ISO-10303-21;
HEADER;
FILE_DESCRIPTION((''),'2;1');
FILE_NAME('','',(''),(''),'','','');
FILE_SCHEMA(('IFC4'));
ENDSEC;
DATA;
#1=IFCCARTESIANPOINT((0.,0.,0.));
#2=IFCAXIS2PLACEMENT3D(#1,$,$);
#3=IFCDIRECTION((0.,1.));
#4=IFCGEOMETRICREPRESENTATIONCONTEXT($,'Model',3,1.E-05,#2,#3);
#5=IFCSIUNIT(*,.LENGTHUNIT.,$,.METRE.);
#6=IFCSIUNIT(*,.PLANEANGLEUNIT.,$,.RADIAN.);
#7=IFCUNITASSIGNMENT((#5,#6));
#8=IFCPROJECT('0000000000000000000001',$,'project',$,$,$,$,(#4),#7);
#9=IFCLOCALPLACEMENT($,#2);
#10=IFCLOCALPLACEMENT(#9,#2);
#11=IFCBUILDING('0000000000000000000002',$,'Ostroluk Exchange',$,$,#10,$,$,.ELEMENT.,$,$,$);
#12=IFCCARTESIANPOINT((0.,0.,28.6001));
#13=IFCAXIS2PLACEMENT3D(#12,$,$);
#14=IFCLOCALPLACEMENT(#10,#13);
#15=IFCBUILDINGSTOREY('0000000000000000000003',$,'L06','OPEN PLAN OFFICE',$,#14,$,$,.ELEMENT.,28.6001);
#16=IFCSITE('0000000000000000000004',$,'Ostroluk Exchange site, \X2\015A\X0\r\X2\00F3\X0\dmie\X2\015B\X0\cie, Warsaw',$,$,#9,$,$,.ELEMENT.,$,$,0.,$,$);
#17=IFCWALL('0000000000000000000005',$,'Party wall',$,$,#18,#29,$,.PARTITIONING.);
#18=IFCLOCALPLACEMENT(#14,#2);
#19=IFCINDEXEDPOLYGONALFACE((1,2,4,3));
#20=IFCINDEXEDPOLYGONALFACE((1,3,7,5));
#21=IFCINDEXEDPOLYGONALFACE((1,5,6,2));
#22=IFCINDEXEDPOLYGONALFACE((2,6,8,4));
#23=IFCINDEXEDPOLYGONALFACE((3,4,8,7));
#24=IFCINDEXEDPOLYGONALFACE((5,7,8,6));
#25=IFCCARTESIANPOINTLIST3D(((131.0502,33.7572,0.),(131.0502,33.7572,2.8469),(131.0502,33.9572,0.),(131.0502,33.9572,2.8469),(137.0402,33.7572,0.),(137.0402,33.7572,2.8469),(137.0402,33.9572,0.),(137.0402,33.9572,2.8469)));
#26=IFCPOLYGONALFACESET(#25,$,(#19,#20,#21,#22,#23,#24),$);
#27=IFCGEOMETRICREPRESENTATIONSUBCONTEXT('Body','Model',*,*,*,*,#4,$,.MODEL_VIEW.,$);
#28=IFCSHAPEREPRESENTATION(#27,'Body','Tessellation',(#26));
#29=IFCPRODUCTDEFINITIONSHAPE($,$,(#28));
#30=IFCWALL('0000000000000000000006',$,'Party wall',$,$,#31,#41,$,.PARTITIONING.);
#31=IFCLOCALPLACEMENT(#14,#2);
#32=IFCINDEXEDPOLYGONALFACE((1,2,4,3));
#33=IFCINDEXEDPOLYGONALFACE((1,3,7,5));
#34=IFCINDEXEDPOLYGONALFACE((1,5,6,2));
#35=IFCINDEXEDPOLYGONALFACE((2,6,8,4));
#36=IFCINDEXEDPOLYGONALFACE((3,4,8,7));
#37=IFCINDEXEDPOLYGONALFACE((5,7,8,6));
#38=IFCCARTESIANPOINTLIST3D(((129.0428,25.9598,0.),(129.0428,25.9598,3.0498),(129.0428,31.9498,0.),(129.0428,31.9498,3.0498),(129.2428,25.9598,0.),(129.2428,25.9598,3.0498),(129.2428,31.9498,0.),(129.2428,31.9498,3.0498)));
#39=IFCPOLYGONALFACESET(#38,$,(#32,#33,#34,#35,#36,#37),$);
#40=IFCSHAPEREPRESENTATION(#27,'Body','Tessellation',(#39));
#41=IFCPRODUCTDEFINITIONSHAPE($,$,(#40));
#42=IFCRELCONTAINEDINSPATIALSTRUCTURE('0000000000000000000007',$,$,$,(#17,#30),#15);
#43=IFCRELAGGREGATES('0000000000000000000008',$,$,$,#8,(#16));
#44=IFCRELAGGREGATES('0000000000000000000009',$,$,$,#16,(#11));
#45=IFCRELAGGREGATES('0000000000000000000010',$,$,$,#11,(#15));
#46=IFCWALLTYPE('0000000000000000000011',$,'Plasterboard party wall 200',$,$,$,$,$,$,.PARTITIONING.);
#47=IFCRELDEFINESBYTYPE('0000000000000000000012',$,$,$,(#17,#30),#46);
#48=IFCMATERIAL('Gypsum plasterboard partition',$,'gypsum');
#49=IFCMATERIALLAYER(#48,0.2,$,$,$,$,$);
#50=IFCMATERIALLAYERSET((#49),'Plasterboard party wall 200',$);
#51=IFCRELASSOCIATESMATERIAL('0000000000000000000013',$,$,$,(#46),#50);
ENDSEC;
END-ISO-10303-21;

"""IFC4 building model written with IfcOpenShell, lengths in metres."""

from ifc_helpers import new_model, si_unit, direction, frame, frame_2d, origin, place, context, subcontext, project, spatial, rectangle, extrude, material, layer, layer_set, type_object, element, save


model = new_model("IFC4")

# Units and contexts
model_context = context("Model", 3, precision=1e-05, world=origin(), true_north=direction((0.0, 1.0)))
body_context = subcontext(model_context, "Body", "Model", "MODEL_VIEW")
ifc_project = project(units=[si_unit("LENGTHUNIT", "METRE"), si_unit("PLANEANGLEUNIT", "RADIAN")], contexts=[model_context])

# Site, building, storey
site_placement = place(None, origin())
site = spatial("IfcSite", under=ifc_project, at=site_placement, Name="Ostroluk Exchange site, Śródmieście, Warsaw", CompositionType="ELEMENT", RefElevation=0.0)
building_placement = place(site_placement, origin())
building = spatial("IfcBuilding", under=site, at=building_placement, Name="Ostroluk Exchange", CompositionType="ELEMENT")
storey_placement = place(building_placement, frame((0.0, 0.0, 28.6001)))
storey = spatial("IfcBuildingStorey", under=building, at=storey_placement, Name="L06", Description="OPEN PLAN OFFICE", CompositionType="ELEMENT", Elevation=28.6001)

# Walls
ifc_material_1 = material(Name="Gypsum plasterboard partition", Category="gypsum")
ifc_layer_1 = layer(ifc_material_1, 0.2)
ifc_layer_set_1 = layer_set([ifc_layer_1], Name="Plasterboard party wall 200")
wall_type_1 = type_object("IfcWallType", Name="Plasterboard party wall 200", PredefinedType="PARTITIONING", material=ifc_layer_set_1)
wall_1_placement = place(storey_placement, frame((131.05, 33.8572, 0.0), z_axis=(0.0, 0.0, 1.0), x_axis=(1.0, 0.0, 0.0)))
element("IfcWall", 1, at=wall_1_placement, inside=storey, type_object=wall_type_1, Name="Party wall", PredefinedType="PARTITIONING", context=body_context, shape_type="SweptSolid", body=[
    extrude(rectangle(XDim=5.99, YDim=0.2, at=frame_2d((2.9951, 0.0))), origin(), (0.0, 0.0, 1.0), 2.8469),
])
wall_2_placement = place(storey_placement, frame((129.1428, 31.95, 0.0), z_axis=(0.0, 0.0, 1.0), x_axis=(0.0, -1.0, 0.0)))
element("IfcWall", 2, at=wall_2_placement, inside=storey, type_object=wall_type_1, Name="Party wall", PredefinedType="PARTITIONING", context=body_context, shape_type="SweptSolid", body=[
    extrude(rectangle(XDim=5.99, YDim=0.2, at=frame_2d((2.9951, 0.0))), origin(), (0.0, 0.0, 1.0), 3.0498),
])

save(model, "model.ifc")
